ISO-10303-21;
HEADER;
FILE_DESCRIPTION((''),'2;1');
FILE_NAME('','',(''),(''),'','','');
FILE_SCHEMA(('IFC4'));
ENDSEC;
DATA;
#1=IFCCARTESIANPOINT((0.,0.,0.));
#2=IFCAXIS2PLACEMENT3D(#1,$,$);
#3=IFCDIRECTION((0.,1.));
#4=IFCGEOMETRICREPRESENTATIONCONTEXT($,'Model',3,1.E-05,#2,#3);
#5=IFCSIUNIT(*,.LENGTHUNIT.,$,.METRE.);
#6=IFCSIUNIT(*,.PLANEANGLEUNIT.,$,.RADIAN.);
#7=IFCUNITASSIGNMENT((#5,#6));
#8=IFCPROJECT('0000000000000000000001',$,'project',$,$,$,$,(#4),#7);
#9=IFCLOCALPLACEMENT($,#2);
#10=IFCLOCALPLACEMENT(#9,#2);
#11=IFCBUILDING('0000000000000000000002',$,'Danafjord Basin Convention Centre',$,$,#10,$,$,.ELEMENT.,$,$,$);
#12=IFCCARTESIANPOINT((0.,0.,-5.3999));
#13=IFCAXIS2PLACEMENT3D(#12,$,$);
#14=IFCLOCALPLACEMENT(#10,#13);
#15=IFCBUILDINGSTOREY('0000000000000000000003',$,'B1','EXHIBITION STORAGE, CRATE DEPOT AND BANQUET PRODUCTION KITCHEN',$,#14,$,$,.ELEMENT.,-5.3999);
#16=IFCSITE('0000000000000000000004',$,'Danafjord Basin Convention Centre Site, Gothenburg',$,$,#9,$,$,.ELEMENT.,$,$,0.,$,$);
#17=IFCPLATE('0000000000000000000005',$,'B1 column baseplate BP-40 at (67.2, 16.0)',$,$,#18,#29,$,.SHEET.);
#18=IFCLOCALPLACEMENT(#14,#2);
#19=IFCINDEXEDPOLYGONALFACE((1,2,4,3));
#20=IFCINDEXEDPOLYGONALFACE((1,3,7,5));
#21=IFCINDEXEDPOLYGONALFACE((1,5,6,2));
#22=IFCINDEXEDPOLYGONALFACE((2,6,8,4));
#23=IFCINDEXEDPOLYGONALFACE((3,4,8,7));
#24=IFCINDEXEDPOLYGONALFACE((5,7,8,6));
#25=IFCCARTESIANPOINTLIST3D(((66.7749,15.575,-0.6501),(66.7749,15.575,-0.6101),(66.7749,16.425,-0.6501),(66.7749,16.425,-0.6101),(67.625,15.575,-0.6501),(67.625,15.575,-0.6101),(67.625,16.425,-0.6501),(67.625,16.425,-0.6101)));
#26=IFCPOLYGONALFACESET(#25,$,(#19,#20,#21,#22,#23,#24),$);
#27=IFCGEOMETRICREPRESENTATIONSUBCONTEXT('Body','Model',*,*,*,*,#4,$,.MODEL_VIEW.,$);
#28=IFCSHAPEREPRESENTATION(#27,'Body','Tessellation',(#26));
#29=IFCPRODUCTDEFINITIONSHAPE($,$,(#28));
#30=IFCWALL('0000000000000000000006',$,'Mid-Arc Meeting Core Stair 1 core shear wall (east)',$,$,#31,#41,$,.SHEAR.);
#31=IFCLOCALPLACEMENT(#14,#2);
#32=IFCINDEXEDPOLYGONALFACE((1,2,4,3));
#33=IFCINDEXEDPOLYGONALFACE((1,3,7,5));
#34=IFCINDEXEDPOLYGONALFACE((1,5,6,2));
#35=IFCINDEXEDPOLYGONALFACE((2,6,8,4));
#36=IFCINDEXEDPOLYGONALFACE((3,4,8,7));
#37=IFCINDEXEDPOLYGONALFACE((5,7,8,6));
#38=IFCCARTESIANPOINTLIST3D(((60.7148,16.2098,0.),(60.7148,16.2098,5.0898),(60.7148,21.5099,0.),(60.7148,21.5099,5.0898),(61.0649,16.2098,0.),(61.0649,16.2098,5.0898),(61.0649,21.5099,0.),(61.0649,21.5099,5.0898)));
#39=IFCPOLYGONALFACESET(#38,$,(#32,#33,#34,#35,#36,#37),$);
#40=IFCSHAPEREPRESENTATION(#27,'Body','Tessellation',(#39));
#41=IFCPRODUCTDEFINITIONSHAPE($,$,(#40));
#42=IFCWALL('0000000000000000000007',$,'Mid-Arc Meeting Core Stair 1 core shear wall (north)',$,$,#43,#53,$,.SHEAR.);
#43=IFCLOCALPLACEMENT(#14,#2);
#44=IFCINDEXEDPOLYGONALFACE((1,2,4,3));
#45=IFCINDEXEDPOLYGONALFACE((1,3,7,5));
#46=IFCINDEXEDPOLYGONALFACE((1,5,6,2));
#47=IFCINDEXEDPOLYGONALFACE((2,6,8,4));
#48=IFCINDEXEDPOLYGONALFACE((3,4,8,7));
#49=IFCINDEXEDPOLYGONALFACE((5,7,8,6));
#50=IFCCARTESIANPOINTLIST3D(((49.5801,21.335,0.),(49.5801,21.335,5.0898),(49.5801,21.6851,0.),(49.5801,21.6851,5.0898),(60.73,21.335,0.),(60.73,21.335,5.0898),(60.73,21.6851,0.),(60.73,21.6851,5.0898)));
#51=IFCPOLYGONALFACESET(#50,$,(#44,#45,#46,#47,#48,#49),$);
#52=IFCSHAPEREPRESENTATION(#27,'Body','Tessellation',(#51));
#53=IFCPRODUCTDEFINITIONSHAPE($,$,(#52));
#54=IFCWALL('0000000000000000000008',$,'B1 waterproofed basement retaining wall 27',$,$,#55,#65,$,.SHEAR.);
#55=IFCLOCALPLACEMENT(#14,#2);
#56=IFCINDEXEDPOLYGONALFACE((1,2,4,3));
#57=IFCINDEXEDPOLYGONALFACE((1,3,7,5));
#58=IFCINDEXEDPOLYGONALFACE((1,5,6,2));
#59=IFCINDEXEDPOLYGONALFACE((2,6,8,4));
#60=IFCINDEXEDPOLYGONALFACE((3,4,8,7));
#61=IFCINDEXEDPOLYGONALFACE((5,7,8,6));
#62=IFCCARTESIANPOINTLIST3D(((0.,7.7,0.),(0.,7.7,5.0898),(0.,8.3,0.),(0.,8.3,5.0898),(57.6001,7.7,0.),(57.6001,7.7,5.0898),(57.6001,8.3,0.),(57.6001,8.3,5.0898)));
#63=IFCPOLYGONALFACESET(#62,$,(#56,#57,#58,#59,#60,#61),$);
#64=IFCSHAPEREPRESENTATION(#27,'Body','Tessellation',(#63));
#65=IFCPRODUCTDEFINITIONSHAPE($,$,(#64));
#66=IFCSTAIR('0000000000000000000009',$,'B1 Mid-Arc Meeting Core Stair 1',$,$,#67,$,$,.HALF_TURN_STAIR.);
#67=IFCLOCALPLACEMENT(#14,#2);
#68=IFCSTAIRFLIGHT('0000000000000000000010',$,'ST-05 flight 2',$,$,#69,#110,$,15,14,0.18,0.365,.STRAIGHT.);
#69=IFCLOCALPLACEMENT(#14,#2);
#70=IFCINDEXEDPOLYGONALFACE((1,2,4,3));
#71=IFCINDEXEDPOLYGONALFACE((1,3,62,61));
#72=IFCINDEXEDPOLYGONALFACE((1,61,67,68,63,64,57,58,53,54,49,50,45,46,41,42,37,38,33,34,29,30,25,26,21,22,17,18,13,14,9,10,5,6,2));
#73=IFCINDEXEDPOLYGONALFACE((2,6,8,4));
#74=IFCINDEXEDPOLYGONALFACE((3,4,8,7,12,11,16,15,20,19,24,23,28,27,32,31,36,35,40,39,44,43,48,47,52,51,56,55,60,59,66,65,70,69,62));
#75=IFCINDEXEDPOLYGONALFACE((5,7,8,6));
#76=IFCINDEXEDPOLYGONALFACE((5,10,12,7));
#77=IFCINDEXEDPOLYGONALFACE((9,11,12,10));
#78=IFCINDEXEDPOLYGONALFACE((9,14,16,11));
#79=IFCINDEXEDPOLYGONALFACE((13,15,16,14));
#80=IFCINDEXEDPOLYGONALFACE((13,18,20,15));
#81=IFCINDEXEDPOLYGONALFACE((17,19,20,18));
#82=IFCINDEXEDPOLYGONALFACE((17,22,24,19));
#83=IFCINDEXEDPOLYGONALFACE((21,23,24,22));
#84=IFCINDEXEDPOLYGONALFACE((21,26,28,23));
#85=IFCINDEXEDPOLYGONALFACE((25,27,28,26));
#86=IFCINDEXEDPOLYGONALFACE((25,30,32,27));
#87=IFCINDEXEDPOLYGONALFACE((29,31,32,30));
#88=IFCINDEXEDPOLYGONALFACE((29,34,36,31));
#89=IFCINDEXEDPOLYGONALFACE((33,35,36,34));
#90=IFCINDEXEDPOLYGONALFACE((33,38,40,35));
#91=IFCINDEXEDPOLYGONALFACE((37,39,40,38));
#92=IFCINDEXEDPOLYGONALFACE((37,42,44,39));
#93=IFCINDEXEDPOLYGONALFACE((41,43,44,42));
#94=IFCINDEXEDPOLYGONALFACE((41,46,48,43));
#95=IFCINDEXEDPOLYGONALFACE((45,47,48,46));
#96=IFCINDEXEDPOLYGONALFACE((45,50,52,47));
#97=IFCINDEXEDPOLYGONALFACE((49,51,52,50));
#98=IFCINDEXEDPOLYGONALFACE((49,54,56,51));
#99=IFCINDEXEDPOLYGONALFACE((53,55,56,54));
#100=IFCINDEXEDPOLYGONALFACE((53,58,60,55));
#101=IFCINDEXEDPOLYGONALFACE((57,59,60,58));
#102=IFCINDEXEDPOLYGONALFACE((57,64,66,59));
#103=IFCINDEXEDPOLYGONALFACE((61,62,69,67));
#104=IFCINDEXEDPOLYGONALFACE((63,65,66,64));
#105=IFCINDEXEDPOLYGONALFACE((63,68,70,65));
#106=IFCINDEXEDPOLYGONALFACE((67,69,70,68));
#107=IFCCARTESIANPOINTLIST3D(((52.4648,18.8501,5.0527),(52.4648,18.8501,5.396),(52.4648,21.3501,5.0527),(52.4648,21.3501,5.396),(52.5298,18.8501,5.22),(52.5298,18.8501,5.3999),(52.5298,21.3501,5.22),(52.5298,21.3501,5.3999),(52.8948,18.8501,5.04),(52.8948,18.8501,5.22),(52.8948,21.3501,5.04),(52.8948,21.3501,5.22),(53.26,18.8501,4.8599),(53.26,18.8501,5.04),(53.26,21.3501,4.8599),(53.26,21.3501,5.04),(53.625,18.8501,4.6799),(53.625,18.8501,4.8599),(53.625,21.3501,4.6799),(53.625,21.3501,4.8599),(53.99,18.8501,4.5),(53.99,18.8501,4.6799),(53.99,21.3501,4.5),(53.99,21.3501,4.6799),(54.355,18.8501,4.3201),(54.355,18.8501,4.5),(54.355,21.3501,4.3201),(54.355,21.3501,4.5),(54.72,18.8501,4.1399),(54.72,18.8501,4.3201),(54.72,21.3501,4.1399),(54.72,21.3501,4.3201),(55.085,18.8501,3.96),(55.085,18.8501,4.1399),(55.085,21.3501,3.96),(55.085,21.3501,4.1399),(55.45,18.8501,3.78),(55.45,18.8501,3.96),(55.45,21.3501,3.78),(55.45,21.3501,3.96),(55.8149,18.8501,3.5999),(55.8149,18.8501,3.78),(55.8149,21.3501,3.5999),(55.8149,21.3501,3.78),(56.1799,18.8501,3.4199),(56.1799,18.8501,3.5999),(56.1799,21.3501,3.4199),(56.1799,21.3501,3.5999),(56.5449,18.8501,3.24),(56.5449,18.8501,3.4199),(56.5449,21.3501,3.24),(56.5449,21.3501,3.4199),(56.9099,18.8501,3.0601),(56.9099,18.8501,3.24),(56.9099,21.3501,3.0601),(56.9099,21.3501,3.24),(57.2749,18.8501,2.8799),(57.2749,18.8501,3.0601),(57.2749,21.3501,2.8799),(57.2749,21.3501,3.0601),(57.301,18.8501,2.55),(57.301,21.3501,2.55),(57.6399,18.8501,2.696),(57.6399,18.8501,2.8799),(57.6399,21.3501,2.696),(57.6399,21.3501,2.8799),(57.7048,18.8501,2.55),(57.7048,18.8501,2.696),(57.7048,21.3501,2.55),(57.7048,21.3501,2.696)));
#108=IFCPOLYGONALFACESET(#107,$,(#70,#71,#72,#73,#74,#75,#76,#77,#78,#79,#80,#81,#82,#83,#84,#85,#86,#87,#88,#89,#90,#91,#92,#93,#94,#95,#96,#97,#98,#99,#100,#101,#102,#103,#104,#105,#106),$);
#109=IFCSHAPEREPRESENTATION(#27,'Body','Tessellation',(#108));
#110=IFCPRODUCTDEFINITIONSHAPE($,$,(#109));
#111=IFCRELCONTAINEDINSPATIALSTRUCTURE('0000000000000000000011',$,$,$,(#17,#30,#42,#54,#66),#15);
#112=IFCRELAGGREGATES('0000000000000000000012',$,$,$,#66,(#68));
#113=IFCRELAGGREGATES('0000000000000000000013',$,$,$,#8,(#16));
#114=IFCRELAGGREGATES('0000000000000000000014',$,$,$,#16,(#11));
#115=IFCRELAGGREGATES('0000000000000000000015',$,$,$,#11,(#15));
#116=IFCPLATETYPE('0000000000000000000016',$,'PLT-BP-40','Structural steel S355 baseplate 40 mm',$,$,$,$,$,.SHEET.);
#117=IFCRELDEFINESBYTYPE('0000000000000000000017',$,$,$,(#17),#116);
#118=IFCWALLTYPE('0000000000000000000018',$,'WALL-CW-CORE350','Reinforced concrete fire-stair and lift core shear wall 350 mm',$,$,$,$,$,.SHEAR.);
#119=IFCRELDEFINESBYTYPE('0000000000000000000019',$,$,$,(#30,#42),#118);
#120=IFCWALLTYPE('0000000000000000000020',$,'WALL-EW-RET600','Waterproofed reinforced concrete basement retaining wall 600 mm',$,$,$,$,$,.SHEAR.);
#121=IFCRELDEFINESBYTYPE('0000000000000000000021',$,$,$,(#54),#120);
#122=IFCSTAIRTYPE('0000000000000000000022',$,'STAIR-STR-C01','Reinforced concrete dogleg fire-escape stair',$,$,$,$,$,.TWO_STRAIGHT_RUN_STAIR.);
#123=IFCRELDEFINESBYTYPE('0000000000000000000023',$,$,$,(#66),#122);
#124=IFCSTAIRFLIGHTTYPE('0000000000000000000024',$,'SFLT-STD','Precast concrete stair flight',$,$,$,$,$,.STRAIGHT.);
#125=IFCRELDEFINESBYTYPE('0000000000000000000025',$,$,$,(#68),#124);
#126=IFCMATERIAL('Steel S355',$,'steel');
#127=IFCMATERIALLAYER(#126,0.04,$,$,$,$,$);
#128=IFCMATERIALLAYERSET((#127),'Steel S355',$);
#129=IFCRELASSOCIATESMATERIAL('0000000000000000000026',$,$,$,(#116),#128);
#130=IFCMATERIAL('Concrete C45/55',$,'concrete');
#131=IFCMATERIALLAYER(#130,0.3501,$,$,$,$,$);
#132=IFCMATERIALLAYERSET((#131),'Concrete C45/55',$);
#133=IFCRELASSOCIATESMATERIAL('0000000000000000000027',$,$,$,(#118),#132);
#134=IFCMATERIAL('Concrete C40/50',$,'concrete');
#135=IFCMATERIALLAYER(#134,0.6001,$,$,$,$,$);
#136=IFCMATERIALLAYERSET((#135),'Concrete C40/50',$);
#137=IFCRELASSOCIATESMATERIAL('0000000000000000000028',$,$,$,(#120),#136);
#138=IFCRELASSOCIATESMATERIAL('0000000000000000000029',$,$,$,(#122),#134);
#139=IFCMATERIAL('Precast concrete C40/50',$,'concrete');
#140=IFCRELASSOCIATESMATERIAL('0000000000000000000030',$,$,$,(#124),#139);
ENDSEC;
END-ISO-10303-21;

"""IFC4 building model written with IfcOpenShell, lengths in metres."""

from ifc_helpers import new_model, si_unit, direction, frame, frame_2d, origin, origin_2d, place, context, subcontext, project, spatial, polyline, rectangle, outline, extrude, material, layer, layer_set, type_object, element, aggregate, save


model = new_model("IFC4")

# Units and contexts
model_context = context("Model", 3, precision=1e-05, world=origin(), true_north=direction((0.0, 1.0)))
body_context = subcontext(model_context, "Body", "Model", "MODEL_VIEW")
ifc_project = project(units=[si_unit("LENGTHUNIT", "METRE"), si_unit("PLANEANGLEUNIT", "RADIAN")], contexts=[model_context])

# Site, building, storey
site_placement = place(None, origin())
site = spatial("IfcSite", under=ifc_project, at=site_placement, Name="Danafjord Basin Convention Centre Site, Gothenburg", CompositionType="ELEMENT", RefElevation=0.0)
building_placement = place(site_placement, origin())
building = spatial("IfcBuilding", under=site, at=building_placement, Name="Danafjord Basin Convention Centre", CompositionType="ELEMENT")
storey_placement = place(building_placement, frame((0.0, 0.0, -5.3999)))
storey = spatial("IfcBuildingStorey", under=building, at=storey_placement, Name="B1", Description="EXHIBITION STORAGE, CRATE DEPOT AND BANQUET PRODUCTION KITCHEN", CompositionType="ELEMENT", Elevation=-5.3999)

# Shared definitions
ifc_material_1 = material(Name="Concrete C40/50", Category="concrete")

# Shared definitions
ifc_material_2 = material(Name="Concrete C45/55", Category="concrete")

# Plate
ifc_material_3 = material(Name="Steel S355", Category="steel")
ifc_layer_1 = layer(ifc_material_3, 0.04)
ifc_layer_set_1 = layer_set([ifc_layer_1], Name="Steel S355")
plate_type = type_object("IfcPlateType", Name="PLT-BP-40", Description="Structural steel S355 baseplate 40 mm", PredefinedType="SHEET", material=ifc_layer_set_1)
for number, where, z_axis, x_axis, name in (
    (1, (67.2, 16.0, -0.6501), (0.0, 0.0, 1.0), (1.0, 0.0, 0.0), "B1 column baseplate BP-40 at (67.2, 16.0)"),
):
    element("IfcPlate", number, at=place(storey_placement, frame(where, z_axis=z_axis, x_axis=x_axis)), inside=storey, type_object=plate_type, Name=name, PredefinedType="SHEET", context=body_context, shape_type="SweptSolid", body=[
        extrude(rectangle(XDim=0.8501, YDim=0.8501, at=origin_2d()), origin(), (0.0, 0.0, 1.0), 0.04),
    ])

# Walls
ifc_layer_2 = layer(ifc_material_2, 0.3501)
ifc_layer_set_2 = layer_set([ifc_layer_2], Name="Concrete C45/55")
wall_type_1 = type_object("IfcWallType", Name="WALL-CW-CORE350", Description="Reinforced concrete fire-stair and lift core shear wall 350 mm", PredefinedType="SHEAR", material=ifc_layer_set_2)
wall_1_placement = place(storey_placement, frame((60.8899, 16.21, 0.0), z_axis=(0.0, 0.0, 1.0), x_axis=(0.0, 1.0, 0.0)))
element("IfcWall", 2, at=wall_1_placement, inside=storey, type_object=wall_type_1, Name="Mid-Arc Meeting Core Stair 1 core shear wall (east)", PredefinedType="SHEAR", context=body_context, shape_type="SweptSolid", body=[
    extrude(rectangle(XDim=5.3, YDim=0.3501, at=frame_2d((2.6499, 0.0))), origin(), (0.0, 0.0, 1.0), 5.0898),
])
wall_2_placement = place(storey_placement, frame((60.73, 21.51, 0.0), z_axis=(0.0, 0.0, 1.0), x_axis=(-1.0, 0.0, 0.0)))
element("IfcWall", 3, at=wall_2_placement, inside=storey, type_object=wall_type_1, Name="Mid-Arc Meeting Core Stair 1 core shear wall (north)", PredefinedType="SHEAR", context=body_context, shape_type="SweptSolid", body=[
    extrude(rectangle(XDim=11.1499, YDim=0.3501, at=frame_2d((5.575, 0.0))), origin(), (0.0, 0.0, 1.0), 5.0898),
])
ifc_layer_3 = layer(ifc_material_1, 0.6001)
ifc_layer_set_3 = layer_set([ifc_layer_3], Name="Concrete C40/50")
wall_type_2 = type_object("IfcWallType", Name="WALL-EW-RET600", Description="Waterproofed reinforced concrete basement retaining wall 600 mm", PredefinedType="SHEAR", material=ifc_layer_set_3)
wall_3_placement = place(storey_placement, frame((57.6001, 8.0, 0.0), z_axis=(0.0, 0.0, 1.0), x_axis=(-1.0, 0.0, 0.0)))
element("IfcWall", 4, at=wall_3_placement, inside=storey, type_object=wall_type_2, Name="B1 waterproofed basement retaining wall 27", PredefinedType="SHEAR", context=body_context, shape_type="SweptSolid", body=[
    extrude(rectangle(XDim=57.6001, YDim=0.6001, at=frame_2d((28.8, 0.0))), origin(), (0.0, 0.0, 1.0), 5.0898),
])

# Stair, stair flight
stair_type = type_object("IfcStairType", Name="STAIR-STR-C01", Description="Reinforced concrete dogleg fire-escape stair", PredefinedType="TWO_STRAIGHT_RUN_STAIR", material=ifc_material_1)
stair_placement = place(storey_placement, origin())
stair = element("IfcStair", 5, at=stair_placement, inside=storey, type_object=stair_type, Name="B1 Mid-Arc Meeting Core Stair 1", PredefinedType="HALF_TURN_STAIR")
ifc_material_4 = material(Name="Precast concrete C40/50", Category="concrete")
stair_flight_type = type_object("IfcStairFlightType", Name="SFLT-STD", Description="Precast concrete stair flight", PredefinedType="STRAIGHT", material=ifc_material_4)
stair_flight_placement = place(storey_placement, frame((57.6399, 20.1001, 2.7), z_axis=(0.0, 0.0, 1.0), x_axis=(-1.0, 0.0, 0.0)))
stair_flight = element("IfcStairFlight", 6, at=stair_flight_placement, type_object=stair_flight_type, Name="ST-05 flight 2", NumberOfRisers=15, NumberOfTreads=14, PredefinedType="STRAIGHT", RiserHeight=0.18, TreadLength=0.365, context=body_context, shape_type="SweptSolid", body=[
    extrude(outline(polyline([(-0.0649, -0.1499), (-0.0649, -0.0039), (0.0, -0.0039), (0.0, 0.1799), (0.365, 0.1799), (0.365, 0.3601), (0.73, 0.3601), (0.73, 0.54), (1.095, 0.54), (1.095, 0.72), (1.46, 0.72), (1.46, 0.8999), (1.825, 0.8999), (1.825, 1.0801), (2.1899, 1.0801), (2.1899, 1.26), (2.5549, 1.26), (2.5549, 1.4399), (2.9199, 1.4399), (2.9199, 1.6201), (3.2849, 1.6201), (3.2849, 1.8), (3.6499, 1.8), (3.6499, 1.98), (4.0149, 1.98), (4.0149, 2.1599), (4.3799, 2.1599), (4.3799, 2.3401), (4.7451, 2.3401), (4.7451, 2.52), (5.1101, 2.52), (5.1101, 2.7), (5.175, 2.696), (5.175, 2.3528), (0.3389, -0.1499), (-0.0649, -0.1499)])), frame((0.0, 1.25, 0.0), z_axis=(0.0, -1.0, 0.0), x_axis=(1.0, 0.0, 0.0)), (0.0, 0.0, 1.0), 2.5),
])
aggregate(stair, [stair_flight])

save(model, "model.ifc")
